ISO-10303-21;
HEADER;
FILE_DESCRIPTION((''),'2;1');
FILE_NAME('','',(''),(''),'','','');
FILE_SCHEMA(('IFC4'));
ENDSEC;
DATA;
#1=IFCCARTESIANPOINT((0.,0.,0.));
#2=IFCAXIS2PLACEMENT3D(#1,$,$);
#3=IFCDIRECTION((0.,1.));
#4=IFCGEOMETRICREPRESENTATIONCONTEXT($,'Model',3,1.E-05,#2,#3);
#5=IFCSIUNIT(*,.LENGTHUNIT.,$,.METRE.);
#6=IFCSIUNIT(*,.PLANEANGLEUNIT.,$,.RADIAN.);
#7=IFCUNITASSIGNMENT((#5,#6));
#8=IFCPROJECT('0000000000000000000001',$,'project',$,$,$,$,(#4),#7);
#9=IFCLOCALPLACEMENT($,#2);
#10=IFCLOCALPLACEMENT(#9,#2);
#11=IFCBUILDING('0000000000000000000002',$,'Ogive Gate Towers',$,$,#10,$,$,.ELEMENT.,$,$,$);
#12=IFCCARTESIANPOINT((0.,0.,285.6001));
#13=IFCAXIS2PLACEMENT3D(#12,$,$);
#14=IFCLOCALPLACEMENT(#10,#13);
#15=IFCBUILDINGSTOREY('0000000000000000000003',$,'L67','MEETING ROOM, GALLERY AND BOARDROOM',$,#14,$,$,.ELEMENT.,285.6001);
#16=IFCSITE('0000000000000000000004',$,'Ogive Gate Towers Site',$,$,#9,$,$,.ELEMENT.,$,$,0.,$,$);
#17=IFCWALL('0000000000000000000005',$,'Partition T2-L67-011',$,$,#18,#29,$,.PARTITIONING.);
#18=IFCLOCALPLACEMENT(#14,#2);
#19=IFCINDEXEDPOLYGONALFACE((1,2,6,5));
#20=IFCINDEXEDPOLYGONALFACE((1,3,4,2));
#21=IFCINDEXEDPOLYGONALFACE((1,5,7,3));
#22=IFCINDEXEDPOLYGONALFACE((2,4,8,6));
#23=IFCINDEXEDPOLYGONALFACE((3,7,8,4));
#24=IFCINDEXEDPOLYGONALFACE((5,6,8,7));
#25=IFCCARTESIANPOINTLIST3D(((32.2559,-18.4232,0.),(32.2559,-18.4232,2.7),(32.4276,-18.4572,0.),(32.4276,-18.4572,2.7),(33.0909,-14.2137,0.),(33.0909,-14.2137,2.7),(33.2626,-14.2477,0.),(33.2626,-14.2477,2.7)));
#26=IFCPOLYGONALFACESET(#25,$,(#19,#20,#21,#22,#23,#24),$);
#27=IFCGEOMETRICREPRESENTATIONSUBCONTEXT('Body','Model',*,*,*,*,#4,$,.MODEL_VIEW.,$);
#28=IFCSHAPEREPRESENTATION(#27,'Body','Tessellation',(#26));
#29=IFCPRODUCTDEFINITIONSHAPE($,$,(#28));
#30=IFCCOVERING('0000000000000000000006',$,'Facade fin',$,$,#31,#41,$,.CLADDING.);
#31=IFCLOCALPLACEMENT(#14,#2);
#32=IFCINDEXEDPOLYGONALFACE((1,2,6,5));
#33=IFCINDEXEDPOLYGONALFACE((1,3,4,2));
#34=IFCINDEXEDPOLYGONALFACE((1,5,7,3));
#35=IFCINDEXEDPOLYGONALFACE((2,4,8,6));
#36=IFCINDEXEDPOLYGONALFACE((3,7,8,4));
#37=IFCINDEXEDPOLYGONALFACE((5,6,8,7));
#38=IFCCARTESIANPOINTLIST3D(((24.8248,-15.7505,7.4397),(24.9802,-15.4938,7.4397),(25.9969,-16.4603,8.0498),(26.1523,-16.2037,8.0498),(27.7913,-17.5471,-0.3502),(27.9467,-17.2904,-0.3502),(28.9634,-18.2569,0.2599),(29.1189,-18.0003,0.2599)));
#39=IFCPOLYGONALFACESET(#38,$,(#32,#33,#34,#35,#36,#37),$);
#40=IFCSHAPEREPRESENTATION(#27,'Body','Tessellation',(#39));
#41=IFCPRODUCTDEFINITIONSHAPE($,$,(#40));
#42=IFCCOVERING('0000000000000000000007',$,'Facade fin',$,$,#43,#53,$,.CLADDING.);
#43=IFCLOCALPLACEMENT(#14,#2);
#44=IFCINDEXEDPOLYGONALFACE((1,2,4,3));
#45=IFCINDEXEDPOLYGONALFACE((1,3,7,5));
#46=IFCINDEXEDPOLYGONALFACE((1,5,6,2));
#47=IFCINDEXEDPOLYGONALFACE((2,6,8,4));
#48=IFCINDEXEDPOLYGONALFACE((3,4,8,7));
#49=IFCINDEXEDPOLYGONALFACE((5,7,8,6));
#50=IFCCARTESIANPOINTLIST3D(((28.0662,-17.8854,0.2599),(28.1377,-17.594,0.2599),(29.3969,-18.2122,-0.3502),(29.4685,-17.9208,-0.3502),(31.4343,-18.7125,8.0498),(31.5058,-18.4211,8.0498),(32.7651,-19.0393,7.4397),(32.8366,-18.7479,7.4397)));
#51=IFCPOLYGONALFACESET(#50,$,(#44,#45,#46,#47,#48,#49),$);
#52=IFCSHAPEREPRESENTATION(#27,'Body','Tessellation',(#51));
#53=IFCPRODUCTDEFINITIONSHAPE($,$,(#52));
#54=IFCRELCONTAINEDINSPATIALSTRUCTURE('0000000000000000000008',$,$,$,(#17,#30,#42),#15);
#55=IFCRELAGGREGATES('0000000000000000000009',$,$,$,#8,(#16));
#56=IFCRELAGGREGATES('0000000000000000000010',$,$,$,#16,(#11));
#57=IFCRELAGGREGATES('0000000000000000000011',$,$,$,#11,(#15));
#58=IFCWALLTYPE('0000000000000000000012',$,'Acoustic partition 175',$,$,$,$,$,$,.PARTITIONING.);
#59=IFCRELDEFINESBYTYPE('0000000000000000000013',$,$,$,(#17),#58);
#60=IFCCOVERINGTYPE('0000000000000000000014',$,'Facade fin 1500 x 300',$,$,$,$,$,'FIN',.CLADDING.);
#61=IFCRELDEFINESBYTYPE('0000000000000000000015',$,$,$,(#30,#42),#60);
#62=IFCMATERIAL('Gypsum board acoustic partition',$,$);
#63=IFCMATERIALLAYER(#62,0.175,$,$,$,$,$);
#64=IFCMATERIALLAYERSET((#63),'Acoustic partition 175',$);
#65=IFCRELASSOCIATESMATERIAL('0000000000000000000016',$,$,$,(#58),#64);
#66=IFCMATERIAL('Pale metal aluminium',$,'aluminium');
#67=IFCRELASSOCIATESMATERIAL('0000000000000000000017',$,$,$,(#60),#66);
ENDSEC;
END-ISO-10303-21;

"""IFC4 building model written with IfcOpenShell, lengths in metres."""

from ifc_helpers import new_model, si_unit, direction, frame, frame_2d, origin, origin_2d, place, context, subcontext, project, spatial, rectangle, extrude, material, layer, layer_set, material_profile, profile_set, type_object, element, save


model = new_model("IFC4")

# Units and contexts
model_context = context("Model", 3, precision=1e-05, world=origin(), true_north=direction((0.0, 1.0)))
body_context = subcontext(model_context, "Body", "Model", "MODEL_VIEW")
ifc_project = project(units=[si_unit("LENGTHUNIT", "METRE"), si_unit("PLANEANGLEUNIT", "RADIAN")], contexts=[model_context])

# Site, building, storey
site_placement = place(None, origin())
site = spatial("IfcSite", under=ifc_project, at=site_placement, Name="Ogive Gate Towers Site", CompositionType="ELEMENT", RefElevation=0.0)
building_placement = place(site_placement, origin())
building = spatial("IfcBuilding", under=site, at=building_placement, Name="Ogive Gate Towers", CompositionType="ELEMENT")
storey_placement = place(building_placement, frame((0.0, 0.0, 285.6001)))
storey = spatial("IfcBuildingStorey", under=building, at=storey_placement, Name="L67", Description="MEETING ROOM, GALLERY AND BOARDROOM", CompositionType="ELEMENT", Elevation=285.6001)

# Shared definitions
ifc_material_1 = material(Name="Pale metal aluminium", Category="aluminium")

# Wall
ifc_material_2 = material(Name="Gypsum board acoustic partition")
ifc_layer_1 = layer(ifc_material_2, 0.175)
ifc_layer_set_1 = layer_set([ifc_layer_1], Name="Acoustic partition 175")
wall_type = type_object("IfcWallType", Name="Acoustic partition 175", PredefinedType="PARTITIONING", material=ifc_layer_set_1)
wall_1_placement = place(storey_placement, frame((32.3418, -18.4402, 0.0), z_axis=(0.0, 0.0, 1.0), x_axis=(0.194562, 0.98089, 0.0)))
element("IfcWall", 1, at=wall_1_placement, inside=storey, type_object=wall_type, Name="Partition T2-L67-011", PredefinedType="PARTITIONING", context=body_context, shape_type="SweptSolid", body=[
    extrude(rectangle(XDim=4.2915, YDim=0.175, at=frame_2d((2.1458, 0.0))), origin(), (0.0, 0.0, 1.0), 2.7),
])

# Coverings
ifc_material_profile_1 = material_profile(ifc_material_1, rectangle(XDim=0.3, YDim=1.5, at=origin_2d()), Name="1500 x 300 pale metal aluminium")
ifc_profile_set_1 = profile_set([ifc_material_profile_1], Name="Pale metal aluminium")
covering_type = type_object("IfcCoveringType", Name="Facade fin 1500 x 300", ElementType="FIN", PredefinedType="CLADDING", material=ifc_profile_set_1)
for number, where, z_axis, x_axis, name in (
    (2, (28.4551, -17.7737, -0.0452), (-0.347893, 0.210694, 0.913553), (-0.518032, -0.855361, 0.0), "Facade fin"),
    (3, (28.7673, -17.9031, -0.0452), (0.39499, -0.097001, 0.91355), (0.238492, 0.971144, 0.0), "Facade fin"),
):
    element("IfcCovering", number, at=place(storey_placement, frame(where, z_axis=z_axis, x_axis=x_axis)), inside=storey, type_object=covering_type, Name=name, PredefinedType="CLADDING", context=body_context, shape_type="SweptSolid", body=[
        extrude(rectangle(XDim=0.3, YDim=1.5, at=origin_2d()), origin(), (0.0, 0.0, 1.0), 8.5271),
    ])

save(model, "model.ifc")
